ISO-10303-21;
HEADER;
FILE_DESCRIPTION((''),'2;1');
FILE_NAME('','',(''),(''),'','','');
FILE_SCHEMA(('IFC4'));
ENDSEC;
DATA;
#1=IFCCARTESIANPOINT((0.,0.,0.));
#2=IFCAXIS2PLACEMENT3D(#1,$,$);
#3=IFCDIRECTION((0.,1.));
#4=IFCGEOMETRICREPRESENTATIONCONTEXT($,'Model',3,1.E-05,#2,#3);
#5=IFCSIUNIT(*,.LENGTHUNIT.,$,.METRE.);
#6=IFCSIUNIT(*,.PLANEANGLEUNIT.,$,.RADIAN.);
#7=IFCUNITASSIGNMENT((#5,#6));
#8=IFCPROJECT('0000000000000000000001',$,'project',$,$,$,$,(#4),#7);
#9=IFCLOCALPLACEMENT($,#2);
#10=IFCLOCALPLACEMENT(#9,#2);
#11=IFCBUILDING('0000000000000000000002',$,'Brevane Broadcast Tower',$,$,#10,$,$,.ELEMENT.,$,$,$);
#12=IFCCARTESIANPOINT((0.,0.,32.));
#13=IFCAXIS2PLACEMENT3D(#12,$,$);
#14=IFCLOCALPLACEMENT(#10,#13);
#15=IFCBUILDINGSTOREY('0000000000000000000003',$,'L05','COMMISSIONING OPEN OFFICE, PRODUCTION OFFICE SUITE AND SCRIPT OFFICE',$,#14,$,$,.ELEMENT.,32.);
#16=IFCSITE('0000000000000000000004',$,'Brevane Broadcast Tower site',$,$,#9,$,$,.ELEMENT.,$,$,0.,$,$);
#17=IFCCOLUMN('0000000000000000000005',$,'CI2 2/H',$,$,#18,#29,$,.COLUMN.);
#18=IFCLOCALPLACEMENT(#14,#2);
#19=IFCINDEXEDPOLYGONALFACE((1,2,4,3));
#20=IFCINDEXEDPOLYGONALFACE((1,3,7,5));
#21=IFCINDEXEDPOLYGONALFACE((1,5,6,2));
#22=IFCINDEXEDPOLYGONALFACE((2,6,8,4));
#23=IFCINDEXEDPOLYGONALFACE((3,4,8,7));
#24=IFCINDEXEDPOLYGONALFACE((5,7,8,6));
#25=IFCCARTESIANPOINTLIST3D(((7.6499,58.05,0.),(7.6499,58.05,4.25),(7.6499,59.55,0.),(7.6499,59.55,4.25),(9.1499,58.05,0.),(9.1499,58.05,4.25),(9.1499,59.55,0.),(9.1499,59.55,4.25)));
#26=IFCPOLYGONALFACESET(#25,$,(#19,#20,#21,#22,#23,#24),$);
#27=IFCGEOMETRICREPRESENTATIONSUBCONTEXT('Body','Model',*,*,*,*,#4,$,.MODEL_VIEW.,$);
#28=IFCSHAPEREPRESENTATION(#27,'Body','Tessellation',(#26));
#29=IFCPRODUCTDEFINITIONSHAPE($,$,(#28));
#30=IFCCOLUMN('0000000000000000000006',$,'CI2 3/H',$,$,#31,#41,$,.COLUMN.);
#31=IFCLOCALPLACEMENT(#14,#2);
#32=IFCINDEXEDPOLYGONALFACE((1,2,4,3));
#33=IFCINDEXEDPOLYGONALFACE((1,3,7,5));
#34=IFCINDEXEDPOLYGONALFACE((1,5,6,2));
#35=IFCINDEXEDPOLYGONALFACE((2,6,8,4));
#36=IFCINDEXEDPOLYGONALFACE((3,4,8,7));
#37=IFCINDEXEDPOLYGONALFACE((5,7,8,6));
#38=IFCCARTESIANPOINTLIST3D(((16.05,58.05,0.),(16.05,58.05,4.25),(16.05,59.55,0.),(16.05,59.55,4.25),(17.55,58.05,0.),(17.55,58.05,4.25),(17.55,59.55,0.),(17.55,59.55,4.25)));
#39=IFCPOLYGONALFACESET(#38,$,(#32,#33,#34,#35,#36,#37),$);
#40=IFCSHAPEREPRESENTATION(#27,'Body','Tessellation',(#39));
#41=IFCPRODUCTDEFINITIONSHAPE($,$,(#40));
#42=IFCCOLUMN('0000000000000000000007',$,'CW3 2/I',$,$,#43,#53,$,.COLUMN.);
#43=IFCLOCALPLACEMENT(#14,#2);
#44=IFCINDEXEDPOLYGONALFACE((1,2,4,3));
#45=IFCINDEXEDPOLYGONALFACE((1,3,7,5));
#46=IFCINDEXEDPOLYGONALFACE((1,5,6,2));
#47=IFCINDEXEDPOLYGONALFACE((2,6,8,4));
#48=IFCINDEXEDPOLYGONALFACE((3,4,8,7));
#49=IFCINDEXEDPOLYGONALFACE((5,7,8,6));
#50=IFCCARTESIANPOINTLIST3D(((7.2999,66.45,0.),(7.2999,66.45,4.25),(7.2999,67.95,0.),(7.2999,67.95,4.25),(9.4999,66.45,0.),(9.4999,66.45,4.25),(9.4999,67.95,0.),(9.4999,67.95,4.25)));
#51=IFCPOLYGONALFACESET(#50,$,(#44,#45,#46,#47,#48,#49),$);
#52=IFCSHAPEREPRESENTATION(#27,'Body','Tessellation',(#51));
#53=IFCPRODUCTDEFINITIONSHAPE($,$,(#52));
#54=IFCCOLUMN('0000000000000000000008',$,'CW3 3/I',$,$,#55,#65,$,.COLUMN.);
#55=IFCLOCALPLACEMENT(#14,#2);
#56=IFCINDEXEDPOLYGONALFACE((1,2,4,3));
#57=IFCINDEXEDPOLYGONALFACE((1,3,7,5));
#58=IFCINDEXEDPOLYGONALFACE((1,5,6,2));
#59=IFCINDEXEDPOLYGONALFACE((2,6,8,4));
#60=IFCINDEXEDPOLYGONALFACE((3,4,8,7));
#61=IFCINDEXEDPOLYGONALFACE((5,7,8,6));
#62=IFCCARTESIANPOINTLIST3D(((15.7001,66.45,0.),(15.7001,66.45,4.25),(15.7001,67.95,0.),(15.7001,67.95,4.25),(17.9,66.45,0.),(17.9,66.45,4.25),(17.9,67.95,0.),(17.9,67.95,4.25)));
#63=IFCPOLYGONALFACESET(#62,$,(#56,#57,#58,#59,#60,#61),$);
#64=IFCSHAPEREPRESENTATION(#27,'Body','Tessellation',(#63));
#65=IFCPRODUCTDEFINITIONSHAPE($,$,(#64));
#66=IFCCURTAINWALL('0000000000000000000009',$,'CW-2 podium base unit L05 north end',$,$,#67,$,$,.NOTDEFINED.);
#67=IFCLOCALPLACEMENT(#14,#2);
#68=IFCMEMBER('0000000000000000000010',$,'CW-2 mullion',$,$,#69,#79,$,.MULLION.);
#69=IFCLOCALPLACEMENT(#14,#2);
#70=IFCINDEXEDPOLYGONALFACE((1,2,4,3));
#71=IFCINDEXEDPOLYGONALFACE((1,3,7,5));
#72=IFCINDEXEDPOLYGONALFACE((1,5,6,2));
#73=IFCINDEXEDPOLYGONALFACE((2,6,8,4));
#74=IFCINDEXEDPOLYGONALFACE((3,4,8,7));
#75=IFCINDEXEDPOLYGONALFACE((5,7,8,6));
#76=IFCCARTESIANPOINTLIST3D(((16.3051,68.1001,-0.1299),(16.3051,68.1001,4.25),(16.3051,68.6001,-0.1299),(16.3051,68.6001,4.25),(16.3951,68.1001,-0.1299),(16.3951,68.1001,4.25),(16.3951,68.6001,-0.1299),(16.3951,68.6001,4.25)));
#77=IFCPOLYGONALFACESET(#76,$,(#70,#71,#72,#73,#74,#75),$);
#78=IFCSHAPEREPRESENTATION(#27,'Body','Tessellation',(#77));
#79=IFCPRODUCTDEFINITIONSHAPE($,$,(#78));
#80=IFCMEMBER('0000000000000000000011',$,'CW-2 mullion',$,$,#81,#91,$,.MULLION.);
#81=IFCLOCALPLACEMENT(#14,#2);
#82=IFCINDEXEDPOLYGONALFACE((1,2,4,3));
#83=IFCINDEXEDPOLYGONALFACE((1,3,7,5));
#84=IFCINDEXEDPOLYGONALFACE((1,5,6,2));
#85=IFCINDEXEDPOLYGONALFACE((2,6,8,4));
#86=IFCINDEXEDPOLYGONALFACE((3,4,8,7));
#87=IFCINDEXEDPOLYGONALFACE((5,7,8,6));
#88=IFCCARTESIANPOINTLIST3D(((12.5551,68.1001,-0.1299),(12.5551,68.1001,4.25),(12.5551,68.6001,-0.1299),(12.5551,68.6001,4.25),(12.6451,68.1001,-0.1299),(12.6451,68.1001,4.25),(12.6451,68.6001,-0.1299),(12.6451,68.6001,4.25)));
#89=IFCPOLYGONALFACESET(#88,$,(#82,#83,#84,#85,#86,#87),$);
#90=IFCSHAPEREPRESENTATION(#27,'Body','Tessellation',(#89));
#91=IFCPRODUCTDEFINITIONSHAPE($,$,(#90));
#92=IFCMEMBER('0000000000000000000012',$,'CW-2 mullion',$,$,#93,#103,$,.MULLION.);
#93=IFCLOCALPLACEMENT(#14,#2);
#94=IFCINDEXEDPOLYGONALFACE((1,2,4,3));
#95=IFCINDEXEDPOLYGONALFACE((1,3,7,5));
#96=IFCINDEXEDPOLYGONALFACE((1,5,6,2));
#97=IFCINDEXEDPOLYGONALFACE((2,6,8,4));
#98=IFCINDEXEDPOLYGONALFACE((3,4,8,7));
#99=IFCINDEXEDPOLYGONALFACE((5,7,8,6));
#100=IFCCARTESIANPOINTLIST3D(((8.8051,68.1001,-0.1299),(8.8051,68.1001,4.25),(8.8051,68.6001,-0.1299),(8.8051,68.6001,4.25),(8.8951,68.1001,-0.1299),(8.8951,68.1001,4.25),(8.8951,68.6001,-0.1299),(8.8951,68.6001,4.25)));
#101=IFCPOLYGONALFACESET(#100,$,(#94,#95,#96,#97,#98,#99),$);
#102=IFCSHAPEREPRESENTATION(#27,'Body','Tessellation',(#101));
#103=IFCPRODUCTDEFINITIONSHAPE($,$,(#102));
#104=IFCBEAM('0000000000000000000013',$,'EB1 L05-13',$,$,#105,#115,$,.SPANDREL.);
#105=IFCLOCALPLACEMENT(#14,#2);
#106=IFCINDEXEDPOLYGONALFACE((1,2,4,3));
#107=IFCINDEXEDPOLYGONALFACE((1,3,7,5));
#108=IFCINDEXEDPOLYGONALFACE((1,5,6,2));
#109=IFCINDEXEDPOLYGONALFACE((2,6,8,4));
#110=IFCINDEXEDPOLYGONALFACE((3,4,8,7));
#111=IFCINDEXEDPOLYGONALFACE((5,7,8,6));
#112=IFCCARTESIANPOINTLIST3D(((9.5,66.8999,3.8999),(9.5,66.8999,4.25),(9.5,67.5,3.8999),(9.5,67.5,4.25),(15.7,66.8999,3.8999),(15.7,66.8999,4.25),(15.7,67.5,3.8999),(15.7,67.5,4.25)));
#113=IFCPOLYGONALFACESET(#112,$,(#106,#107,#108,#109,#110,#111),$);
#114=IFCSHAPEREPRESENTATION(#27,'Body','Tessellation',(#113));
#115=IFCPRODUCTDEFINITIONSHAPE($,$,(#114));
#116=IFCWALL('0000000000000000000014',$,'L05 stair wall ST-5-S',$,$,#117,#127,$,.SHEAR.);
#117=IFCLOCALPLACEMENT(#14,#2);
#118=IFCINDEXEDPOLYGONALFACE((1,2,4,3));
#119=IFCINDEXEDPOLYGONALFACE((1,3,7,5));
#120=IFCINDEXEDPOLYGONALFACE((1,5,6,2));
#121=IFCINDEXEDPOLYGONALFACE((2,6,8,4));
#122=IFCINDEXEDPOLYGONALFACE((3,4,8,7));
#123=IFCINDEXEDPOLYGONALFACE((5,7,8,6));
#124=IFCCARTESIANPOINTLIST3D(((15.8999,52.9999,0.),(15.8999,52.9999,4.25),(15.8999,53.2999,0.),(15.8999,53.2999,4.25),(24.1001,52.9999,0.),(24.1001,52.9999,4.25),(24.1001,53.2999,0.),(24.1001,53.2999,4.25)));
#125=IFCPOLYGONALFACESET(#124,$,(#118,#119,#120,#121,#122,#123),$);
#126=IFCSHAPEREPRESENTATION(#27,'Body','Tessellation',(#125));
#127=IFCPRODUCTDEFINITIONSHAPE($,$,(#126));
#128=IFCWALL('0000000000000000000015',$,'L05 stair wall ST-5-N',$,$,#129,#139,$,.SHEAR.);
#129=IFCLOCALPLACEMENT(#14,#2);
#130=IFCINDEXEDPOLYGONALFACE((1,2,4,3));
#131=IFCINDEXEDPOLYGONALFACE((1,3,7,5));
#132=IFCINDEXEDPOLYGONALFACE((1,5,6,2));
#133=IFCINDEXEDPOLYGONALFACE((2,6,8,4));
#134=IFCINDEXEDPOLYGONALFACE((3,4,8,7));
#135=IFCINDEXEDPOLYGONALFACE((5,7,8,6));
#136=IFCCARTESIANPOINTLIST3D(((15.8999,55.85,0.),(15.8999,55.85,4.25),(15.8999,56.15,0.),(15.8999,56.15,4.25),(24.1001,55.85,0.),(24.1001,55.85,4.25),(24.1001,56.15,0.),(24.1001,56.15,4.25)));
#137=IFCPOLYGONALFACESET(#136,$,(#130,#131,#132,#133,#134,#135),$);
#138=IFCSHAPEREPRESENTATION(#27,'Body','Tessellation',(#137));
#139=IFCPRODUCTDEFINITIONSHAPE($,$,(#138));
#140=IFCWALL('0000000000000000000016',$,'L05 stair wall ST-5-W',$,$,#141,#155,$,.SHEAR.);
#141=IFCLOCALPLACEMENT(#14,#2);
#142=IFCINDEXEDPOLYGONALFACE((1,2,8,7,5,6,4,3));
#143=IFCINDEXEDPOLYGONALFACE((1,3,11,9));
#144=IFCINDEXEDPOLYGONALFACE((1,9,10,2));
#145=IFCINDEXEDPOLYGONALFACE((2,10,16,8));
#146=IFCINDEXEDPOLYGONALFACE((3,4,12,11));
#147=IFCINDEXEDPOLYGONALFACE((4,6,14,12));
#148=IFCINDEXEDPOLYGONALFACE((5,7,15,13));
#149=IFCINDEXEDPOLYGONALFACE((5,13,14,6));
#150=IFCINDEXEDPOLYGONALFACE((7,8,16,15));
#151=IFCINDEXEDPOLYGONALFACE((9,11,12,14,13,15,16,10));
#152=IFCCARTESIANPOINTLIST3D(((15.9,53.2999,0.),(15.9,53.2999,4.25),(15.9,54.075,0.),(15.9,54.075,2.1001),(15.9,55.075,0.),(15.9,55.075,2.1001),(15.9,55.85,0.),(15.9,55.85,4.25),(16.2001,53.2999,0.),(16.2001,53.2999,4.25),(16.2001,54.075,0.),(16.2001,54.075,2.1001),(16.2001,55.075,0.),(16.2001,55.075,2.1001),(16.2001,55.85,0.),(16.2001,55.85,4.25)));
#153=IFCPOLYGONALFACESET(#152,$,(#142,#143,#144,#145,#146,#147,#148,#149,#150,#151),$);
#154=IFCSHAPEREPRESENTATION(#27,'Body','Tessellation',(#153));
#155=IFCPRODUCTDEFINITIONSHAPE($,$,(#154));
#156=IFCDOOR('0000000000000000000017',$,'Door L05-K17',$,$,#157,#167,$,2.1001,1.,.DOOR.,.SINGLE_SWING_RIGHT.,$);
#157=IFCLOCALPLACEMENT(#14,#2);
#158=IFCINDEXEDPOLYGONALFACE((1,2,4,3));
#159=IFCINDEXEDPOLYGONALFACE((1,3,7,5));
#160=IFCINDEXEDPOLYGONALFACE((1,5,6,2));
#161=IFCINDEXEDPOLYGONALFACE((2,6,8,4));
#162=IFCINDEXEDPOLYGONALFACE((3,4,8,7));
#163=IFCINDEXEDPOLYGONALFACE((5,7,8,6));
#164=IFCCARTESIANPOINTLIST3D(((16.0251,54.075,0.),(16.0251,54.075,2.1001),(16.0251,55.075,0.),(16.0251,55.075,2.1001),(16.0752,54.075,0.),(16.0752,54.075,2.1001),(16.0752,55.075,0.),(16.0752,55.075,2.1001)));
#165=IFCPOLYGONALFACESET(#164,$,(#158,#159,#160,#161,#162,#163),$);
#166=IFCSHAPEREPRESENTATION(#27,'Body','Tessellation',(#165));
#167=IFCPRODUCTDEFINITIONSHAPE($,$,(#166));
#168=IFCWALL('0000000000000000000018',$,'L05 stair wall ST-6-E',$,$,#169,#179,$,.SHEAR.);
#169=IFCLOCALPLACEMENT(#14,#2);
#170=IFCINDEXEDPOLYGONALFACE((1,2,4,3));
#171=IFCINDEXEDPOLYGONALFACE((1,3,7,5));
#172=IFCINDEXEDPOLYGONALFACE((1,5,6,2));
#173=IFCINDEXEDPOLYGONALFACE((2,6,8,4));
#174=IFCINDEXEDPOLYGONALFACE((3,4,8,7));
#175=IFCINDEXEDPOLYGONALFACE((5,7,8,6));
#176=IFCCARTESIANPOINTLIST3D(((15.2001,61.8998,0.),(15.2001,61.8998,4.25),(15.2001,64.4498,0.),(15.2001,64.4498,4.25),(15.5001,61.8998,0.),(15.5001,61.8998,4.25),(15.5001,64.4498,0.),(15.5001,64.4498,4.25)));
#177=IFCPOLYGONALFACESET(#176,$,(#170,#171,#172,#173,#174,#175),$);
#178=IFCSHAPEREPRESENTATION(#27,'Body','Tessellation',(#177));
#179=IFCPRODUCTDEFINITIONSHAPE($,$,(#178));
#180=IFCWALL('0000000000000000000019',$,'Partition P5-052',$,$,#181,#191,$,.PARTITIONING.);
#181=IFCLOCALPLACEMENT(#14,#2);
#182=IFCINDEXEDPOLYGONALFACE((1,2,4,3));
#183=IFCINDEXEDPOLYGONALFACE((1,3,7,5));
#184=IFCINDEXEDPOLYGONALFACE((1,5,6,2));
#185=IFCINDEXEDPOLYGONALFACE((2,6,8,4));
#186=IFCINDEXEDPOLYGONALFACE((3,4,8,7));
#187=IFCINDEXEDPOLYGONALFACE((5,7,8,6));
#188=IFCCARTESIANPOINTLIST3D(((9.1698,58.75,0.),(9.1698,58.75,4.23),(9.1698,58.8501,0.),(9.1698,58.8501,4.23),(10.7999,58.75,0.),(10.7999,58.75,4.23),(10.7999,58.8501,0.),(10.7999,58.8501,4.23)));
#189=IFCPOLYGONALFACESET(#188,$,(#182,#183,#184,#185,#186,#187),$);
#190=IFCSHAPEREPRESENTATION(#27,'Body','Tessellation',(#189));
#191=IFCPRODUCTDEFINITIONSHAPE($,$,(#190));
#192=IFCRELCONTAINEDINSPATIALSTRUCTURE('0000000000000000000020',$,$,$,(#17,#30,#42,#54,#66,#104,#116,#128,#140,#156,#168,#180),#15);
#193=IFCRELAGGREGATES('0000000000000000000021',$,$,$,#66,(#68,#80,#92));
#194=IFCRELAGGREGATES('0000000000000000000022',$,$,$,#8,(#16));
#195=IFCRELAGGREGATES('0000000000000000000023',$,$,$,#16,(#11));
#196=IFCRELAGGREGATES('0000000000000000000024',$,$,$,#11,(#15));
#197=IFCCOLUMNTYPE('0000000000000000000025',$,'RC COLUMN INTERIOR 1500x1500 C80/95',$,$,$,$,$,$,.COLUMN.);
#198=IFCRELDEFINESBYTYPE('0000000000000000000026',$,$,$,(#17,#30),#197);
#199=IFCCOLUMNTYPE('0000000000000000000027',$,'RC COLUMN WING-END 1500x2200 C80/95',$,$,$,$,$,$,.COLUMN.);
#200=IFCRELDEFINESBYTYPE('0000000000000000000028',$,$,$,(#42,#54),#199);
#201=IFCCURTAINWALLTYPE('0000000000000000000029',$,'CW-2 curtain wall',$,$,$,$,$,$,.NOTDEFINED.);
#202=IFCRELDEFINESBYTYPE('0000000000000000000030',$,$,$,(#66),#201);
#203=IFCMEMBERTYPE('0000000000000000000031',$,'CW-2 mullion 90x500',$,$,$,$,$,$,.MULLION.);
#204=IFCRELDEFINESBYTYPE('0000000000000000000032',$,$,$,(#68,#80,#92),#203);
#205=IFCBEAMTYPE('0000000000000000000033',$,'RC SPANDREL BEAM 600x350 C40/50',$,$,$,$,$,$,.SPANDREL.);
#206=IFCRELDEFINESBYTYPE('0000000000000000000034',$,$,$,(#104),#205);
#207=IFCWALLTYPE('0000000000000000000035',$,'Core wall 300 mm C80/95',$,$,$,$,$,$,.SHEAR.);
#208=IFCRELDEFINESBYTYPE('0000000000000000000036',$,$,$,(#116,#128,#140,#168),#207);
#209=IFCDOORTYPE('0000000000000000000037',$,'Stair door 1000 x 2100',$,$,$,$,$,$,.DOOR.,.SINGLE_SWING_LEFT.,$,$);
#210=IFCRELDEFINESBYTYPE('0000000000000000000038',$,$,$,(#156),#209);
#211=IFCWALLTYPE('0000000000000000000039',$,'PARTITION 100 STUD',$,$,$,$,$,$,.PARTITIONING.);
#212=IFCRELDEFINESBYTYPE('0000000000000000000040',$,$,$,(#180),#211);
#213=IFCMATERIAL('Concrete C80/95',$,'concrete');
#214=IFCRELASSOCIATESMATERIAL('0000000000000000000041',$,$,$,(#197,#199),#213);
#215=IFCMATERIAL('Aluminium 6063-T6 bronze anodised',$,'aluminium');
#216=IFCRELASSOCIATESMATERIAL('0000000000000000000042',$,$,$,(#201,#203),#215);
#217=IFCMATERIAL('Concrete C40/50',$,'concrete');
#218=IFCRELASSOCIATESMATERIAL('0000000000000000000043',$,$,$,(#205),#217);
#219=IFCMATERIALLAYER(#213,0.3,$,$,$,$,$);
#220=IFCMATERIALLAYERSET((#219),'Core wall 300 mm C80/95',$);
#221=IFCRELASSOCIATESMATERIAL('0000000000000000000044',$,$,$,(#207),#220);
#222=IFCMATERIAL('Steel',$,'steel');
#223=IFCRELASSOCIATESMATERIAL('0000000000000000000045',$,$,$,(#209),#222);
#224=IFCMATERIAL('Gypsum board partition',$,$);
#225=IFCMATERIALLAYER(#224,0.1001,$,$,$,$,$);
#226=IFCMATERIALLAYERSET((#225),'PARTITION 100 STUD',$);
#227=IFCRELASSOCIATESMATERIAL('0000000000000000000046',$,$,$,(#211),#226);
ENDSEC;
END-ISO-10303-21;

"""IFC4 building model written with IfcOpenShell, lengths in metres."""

from ifc_helpers import new_model, si_unit, direction, frame, frame_2d, origin, origin_2d, place, context, subcontext, project, spatial, rectangle, extrude, material, layer, layer_set, material_profile, profile_set, type_object, element, fill, aggregate, save


model = new_model("IFC4")

# Units and contexts
model_context = context("Model", 3, precision=1e-05, world=origin(), true_north=direction((0.0, 1.0)))
body_context = subcontext(model_context, "Body", "Model", "MODEL_VIEW")
ifc_project = project(units=[si_unit("LENGTHUNIT", "METRE"), si_unit("PLANEANGLEUNIT", "RADIAN")], contexts=[model_context])

# Site, building, storey
site_placement = place(None, origin())
site = spatial("IfcSite", under=ifc_project, at=site_placement, Name="Brevane Broadcast Tower site", CompositionType="ELEMENT", RefElevation=0.0)
building_placement = place(site_placement, origin())
building = spatial("IfcBuilding", under=site, at=building_placement, Name="Brevane Broadcast Tower", CompositionType="ELEMENT")
storey_placement = place(building_placement, frame((0.0, 0.0, 32.0)))
storey = spatial("IfcBuildingStorey", under=building, at=storey_placement, Name="L05", Description="COMMISSIONING OPEN OFFICE, PRODUCTION OFFICE SUITE AND SCRIPT OFFICE", CompositionType="ELEMENT", Elevation=32.0)

# Columns
ifc_material_1 = material(Name="Concrete C80/95", Category="concrete")
ifc_material_profile_1 = material_profile(ifc_material_1, rectangle(XDim=1.5, YDim=1.5, at=origin_2d()), Name="RC 1500x1500")
ifc_profile_set_1 = profile_set([ifc_material_profile_1], Name="Concrete C80/95")
column_type_1 = type_object("IfcColumnType", Name="RC COLUMN INTERIOR 1500x1500 C80/95", PredefinedType="COLUMN", material=ifc_profile_set_1)
for number, where, z_axis, x_axis, name in (
    (1, (8.3999, 58.8, 0.0), (0.0, 0.0, 1.0), (1.0, 0.0, 0.0), "CI2 2/H"),
    (2, (16.8, 58.8, 0.0), (0.0, 0.0, 1.0), (1.0, 0.0, 0.0), "CI2 3/H"),
):
    element("IfcColumn", number, at=place(storey_placement, frame(where, z_axis=z_axis, x_axis=x_axis)), inside=storey, type_object=column_type_1, Name=name, PredefinedType="COLUMN", context=body_context, shape_type="SweptSolid", body=[
        extrude(rectangle(XDim=1.5, YDim=1.5, at=origin_2d()), origin(), (0.0, 0.0, 1.0), 4.25),
    ])
ifc_material_profile_2 = material_profile(ifc_material_1, rectangle(XDim=1.5, YDim=2.2, at=origin_2d()), Name="RC 1500x2200")
ifc_profile_set_2 = profile_set([ifc_material_profile_2], Name="Concrete C80/95")
column_type_2 = type_object("IfcColumnType", Name="RC COLUMN WING-END 1500x2200 C80/95", PredefinedType="COLUMN", material=ifc_profile_set_2)
for number, where, z_axis, x_axis, name in (
    (3, (8.3999, 67.2, 0.0), (0.0, 0.0, 1.0), (0.0, 1.0, 0.0), "CW3 2/I"),
    (4, (16.8, 67.2, 0.0), (0.0, 0.0, 1.0), (0.0, 1.0, 0.0), "CW3 3/I"),
):
    element("IfcColumn", number, at=place(storey_placement, frame(where, z_axis=z_axis, x_axis=x_axis)), inside=storey, type_object=column_type_2, Name=name, PredefinedType="COLUMN", context=body_context, shape_type="SweptSolid", body=[
        extrude(rectangle(XDim=1.5, YDim=2.2, at=origin_2d()), origin(), (0.0, 0.0, 1.0), 4.25),
    ])

# Curtain wall, members
ifc_material_2 = material(Name="Aluminium 6063-T6 bronze anodised", Category="aluminium")
curtain_wall_type = type_object("IfcCurtainWallType", Name="CW-2 curtain wall", PredefinedType="NOTDEFINED", material=ifc_material_2)
curtain_wall_placement = place(storey_placement, origin())
curtain_wall = element("IfcCurtainWall", 5, at=curtain_wall_placement, inside=storey, type_object=curtain_wall_type, Name="CW-2 podium base unit L05 north end", PredefinedType="NOTDEFINED")
ifc_material_profile_3 = material_profile(ifc_material_2, rectangle(XDim=0.5, YDim=0.0901, at=origin_2d()), Name="RECT 90x500")
ifc_profile_set_3 = profile_set([ifc_material_profile_3], Name="Aluminium 6063-T6 bronze anodised")
member_type = type_object("IfcMemberType", Name="CW-2 mullion 90x500", PredefinedType="MULLION", material=ifc_profile_set_3)
member_1_placement = place(storey_placement, frame((16.3501, 68.3501, -0.1299), z_axis=(0.0, 0.0, 1.0), x_axis=(0.0, -1.0, 0.0)))
member_1 = element("IfcMember", 6, at=member_1_placement, type_object=member_type, Name="CW-2 mullion", PredefinedType="MULLION", context=body_context, shape_type="SweptSolid", body=[
    extrude(rectangle(XDim=0.5, YDim=0.0901, at=origin_2d()), origin(), (0.0, 0.0, 1.0), 4.3799),
])
member_2_placement = place(storey_placement, frame((12.6001, 68.3501, -0.1299), z_axis=(0.0, 0.0, 1.0), x_axis=(0.0, -1.0, 0.0)))
member_2 = element("IfcMember", 7, at=member_2_placement, type_object=member_type, Name="CW-2 mullion", PredefinedType="MULLION", context=body_context, shape_type="SweptSolid", body=[
    extrude(rectangle(XDim=0.5, YDim=0.0901, at=origin_2d()), origin(), (0.0, 0.0, 1.0), 4.3799),
])
member_3_placement = place(storey_placement, frame((8.8501, 68.3501, -0.1299), z_axis=(0.0, 0.0, 1.0), x_axis=(0.0, -1.0, 0.0)))
member_3 = element("IfcMember", 8, at=member_3_placement, type_object=member_type, Name="CW-2 mullion", PredefinedType="MULLION", context=body_context, shape_type="SweptSolid", body=[
    extrude(rectangle(XDim=0.5, YDim=0.0901, at=origin_2d()), origin(), (0.0, 0.0, 1.0), 4.3799),
])
aggregate(curtain_wall, [member_1, member_2, member_3])

# Beam
ifc_material_3 = material(Name="Concrete C40/50", Category="concrete")
ifc_material_profile_4 = material_profile(ifc_material_3, rectangle(XDim=0.6001, YDim=0.3501, at=origin_2d()), Name="RC 600x350")
ifc_profile_set_4 = profile_set([ifc_material_profile_4], Name="Concrete C40/50")
beam_type = type_object("IfcBeamType", Name="RC SPANDREL BEAM 600x350 C40/50", PredefinedType="SPANDREL", material=ifc_profile_set_4)
beam_placement = place(storey_placement, frame((15.7, 67.2, 4.075), z_axis=(-1.0, 0.0, 0.0), x_axis=(0.0, -1.0, 0.0)))
element("IfcBeam", 9, at=beam_placement, inside=storey, type_object=beam_type, Name="EB1 L05-13", PredefinedType="SPANDREL", context=body_context, shape_type="SweptSolid", body=[
    extrude(rectangle(XDim=0.6001, YDim=0.3501, at=origin_2d()), origin(), (0.0, 0.0, 1.0), 6.2),
])

# Walls
ifc_layer_1 = layer(ifc_material_1, 0.3)
ifc_layer_set_1 = layer_set([ifc_layer_1], Name="Core wall 300 mm C80/95")
wall_type_1 = type_object("IfcWallType", Name="Core wall 300 mm C80/95", PredefinedType="SHEAR", material=ifc_layer_set_1)
for number, where, z_axis, x_axis, name in (
    (10, (15.8999, 53.1499, 0.0), (0.0, 0.0, 1.0), (1.0, 0.0, 0.0), "L05 stair wall ST-5-S"),
    (11, (15.8999, 56.0, 0.0), (0.0, 0.0, 1.0), (1.0, 0.0, 0.0), "L05 stair wall ST-5-N"),
):
    element("IfcWall", number, at=place(storey_placement, frame(where, z_axis=z_axis, x_axis=x_axis)), inside=storey, type_object=wall_type_1, Name=name, PredefinedType="SHEAR", context=body_context, shape_type="SweptSolid", body=[
        extrude(rectangle(XDim=8.2002, YDim=0.3, at=frame_2d((4.1001, 0.0))), origin(), (0.0, 0.0, 1.0), 4.25),
    ])

# Wall, opening, door
wall_1_placement = place(storey_placement, frame((16.05, 53.3, 0.0), z_axis=(0.0, 0.0, 1.0), x_axis=(0.0, 1.0, 0.0)))
wall_1 = element("IfcWall", 12, at=wall_1_placement, inside=storey, type_object=wall_type_1, Name="L05 stair wall ST-5-W", PredefinedType="SHEAR", context=body_context, shape_type="SweptSolid", body=[
    extrude(rectangle(XDim=2.55, YDim=0.3, at=frame_2d((1.2749, 0.0))), origin(), (0.0, 0.0, 1.0), 4.25),
])
opening_1_placement = place(wall_1_placement, frame((0.7749, 0.0, 0.0)))
opening_1 = element("IfcOpeningElement", 13, at=opening_1_placement, cuts=wall_1, PredefinedType="OPENING", context=body_context, shape_type="SweptSolid", body=[
    extrude(rectangle(XDim=1.0, YDim=2.1001, at=frame_2d((0.5, 1.05))), frame((0.0, 0.1599, 0.0), z_axis=(0.0, -1.0, 0.0), x_axis=(1.0, 0.0, 0.0)), (0.0, 0.0, 1.0), 0.3201),
])
ifc_material_4 = material(Name="Steel", Category="steel")
door_type_1 = type_object("IfcDoorType", Name="Stair door 1000 x 2100", OperationType="SINGLE_SWING_LEFT", PredefinedType="DOOR", material=ifc_material_4)
door_1_placement = place(opening_1_placement, origin())
door_1 = element("IfcDoor", 14, at=door_1_placement, inside=storey, type_object=door_type_1, Name="Door L05-K17", OperationType="SINGLE_SWING_RIGHT", OverallHeight=2.1001, OverallWidth=1.0, PredefinedType="DOOR", context=body_context, shape_type="SweptSolid", body=[
    extrude(rectangle(XDim=1.0, YDim=2.1001, at=frame_2d((0.5, 1.05))), frame((0.0, 0.0249, 0.0), z_axis=(0.0, -1.0, 0.0), x_axis=(1.0, 0.0, 0.0)), (0.0, 0.0, 1.0), 0.05),
])
fill(opening_1, door_1)

# Walls
wall_2_placement = place(storey_placement, frame((15.3501, 61.8999, 0.0), z_axis=(0.0, 0.0, 1.0), x_axis=(0.0, 1.0, 0.0)))
element("IfcWall", 15, at=wall_2_placement, inside=storey, type_object=wall_type_1, Name="L05 stair wall ST-6-E", PredefinedType="SHEAR", context=body_context, shape_type="SweptSolid", body=[
    extrude(rectangle(XDim=2.55, YDim=0.3, at=frame_2d((1.2749, 0.0))), origin(), (0.0, 0.0, 1.0), 4.25),
])
ifc_material_5 = material(Name="Gypsum board partition")
ifc_layer_2 = layer(ifc_material_5, 0.1001)
ifc_layer_set_2 = layer_set([ifc_layer_2], Name="PARTITION 100 STUD")
wall_type_2 = type_object("IfcWallType", Name="PARTITION 100 STUD", PredefinedType="PARTITIONING", material=ifc_layer_set_2)
wall_3_placement = place(storey_placement, frame((9.1699, 58.8, 0.0), z_axis=(0.0, 0.0, 1.0), x_axis=(1.0, 0.0, 0.0)))
element("IfcWall", 16, at=wall_3_placement, inside=storey, type_object=wall_type_2, Name="Partition P5-052", PredefinedType="PARTITIONING", context=body_context, shape_type="SweptSolid", body=[
    extrude(rectangle(XDim=1.6301, YDim=0.1001, at=frame_2d((0.8149, 0.0))), origin(), (0.0, 0.0, 1.0), 4.23),
])

save(model, "model.ifc")
